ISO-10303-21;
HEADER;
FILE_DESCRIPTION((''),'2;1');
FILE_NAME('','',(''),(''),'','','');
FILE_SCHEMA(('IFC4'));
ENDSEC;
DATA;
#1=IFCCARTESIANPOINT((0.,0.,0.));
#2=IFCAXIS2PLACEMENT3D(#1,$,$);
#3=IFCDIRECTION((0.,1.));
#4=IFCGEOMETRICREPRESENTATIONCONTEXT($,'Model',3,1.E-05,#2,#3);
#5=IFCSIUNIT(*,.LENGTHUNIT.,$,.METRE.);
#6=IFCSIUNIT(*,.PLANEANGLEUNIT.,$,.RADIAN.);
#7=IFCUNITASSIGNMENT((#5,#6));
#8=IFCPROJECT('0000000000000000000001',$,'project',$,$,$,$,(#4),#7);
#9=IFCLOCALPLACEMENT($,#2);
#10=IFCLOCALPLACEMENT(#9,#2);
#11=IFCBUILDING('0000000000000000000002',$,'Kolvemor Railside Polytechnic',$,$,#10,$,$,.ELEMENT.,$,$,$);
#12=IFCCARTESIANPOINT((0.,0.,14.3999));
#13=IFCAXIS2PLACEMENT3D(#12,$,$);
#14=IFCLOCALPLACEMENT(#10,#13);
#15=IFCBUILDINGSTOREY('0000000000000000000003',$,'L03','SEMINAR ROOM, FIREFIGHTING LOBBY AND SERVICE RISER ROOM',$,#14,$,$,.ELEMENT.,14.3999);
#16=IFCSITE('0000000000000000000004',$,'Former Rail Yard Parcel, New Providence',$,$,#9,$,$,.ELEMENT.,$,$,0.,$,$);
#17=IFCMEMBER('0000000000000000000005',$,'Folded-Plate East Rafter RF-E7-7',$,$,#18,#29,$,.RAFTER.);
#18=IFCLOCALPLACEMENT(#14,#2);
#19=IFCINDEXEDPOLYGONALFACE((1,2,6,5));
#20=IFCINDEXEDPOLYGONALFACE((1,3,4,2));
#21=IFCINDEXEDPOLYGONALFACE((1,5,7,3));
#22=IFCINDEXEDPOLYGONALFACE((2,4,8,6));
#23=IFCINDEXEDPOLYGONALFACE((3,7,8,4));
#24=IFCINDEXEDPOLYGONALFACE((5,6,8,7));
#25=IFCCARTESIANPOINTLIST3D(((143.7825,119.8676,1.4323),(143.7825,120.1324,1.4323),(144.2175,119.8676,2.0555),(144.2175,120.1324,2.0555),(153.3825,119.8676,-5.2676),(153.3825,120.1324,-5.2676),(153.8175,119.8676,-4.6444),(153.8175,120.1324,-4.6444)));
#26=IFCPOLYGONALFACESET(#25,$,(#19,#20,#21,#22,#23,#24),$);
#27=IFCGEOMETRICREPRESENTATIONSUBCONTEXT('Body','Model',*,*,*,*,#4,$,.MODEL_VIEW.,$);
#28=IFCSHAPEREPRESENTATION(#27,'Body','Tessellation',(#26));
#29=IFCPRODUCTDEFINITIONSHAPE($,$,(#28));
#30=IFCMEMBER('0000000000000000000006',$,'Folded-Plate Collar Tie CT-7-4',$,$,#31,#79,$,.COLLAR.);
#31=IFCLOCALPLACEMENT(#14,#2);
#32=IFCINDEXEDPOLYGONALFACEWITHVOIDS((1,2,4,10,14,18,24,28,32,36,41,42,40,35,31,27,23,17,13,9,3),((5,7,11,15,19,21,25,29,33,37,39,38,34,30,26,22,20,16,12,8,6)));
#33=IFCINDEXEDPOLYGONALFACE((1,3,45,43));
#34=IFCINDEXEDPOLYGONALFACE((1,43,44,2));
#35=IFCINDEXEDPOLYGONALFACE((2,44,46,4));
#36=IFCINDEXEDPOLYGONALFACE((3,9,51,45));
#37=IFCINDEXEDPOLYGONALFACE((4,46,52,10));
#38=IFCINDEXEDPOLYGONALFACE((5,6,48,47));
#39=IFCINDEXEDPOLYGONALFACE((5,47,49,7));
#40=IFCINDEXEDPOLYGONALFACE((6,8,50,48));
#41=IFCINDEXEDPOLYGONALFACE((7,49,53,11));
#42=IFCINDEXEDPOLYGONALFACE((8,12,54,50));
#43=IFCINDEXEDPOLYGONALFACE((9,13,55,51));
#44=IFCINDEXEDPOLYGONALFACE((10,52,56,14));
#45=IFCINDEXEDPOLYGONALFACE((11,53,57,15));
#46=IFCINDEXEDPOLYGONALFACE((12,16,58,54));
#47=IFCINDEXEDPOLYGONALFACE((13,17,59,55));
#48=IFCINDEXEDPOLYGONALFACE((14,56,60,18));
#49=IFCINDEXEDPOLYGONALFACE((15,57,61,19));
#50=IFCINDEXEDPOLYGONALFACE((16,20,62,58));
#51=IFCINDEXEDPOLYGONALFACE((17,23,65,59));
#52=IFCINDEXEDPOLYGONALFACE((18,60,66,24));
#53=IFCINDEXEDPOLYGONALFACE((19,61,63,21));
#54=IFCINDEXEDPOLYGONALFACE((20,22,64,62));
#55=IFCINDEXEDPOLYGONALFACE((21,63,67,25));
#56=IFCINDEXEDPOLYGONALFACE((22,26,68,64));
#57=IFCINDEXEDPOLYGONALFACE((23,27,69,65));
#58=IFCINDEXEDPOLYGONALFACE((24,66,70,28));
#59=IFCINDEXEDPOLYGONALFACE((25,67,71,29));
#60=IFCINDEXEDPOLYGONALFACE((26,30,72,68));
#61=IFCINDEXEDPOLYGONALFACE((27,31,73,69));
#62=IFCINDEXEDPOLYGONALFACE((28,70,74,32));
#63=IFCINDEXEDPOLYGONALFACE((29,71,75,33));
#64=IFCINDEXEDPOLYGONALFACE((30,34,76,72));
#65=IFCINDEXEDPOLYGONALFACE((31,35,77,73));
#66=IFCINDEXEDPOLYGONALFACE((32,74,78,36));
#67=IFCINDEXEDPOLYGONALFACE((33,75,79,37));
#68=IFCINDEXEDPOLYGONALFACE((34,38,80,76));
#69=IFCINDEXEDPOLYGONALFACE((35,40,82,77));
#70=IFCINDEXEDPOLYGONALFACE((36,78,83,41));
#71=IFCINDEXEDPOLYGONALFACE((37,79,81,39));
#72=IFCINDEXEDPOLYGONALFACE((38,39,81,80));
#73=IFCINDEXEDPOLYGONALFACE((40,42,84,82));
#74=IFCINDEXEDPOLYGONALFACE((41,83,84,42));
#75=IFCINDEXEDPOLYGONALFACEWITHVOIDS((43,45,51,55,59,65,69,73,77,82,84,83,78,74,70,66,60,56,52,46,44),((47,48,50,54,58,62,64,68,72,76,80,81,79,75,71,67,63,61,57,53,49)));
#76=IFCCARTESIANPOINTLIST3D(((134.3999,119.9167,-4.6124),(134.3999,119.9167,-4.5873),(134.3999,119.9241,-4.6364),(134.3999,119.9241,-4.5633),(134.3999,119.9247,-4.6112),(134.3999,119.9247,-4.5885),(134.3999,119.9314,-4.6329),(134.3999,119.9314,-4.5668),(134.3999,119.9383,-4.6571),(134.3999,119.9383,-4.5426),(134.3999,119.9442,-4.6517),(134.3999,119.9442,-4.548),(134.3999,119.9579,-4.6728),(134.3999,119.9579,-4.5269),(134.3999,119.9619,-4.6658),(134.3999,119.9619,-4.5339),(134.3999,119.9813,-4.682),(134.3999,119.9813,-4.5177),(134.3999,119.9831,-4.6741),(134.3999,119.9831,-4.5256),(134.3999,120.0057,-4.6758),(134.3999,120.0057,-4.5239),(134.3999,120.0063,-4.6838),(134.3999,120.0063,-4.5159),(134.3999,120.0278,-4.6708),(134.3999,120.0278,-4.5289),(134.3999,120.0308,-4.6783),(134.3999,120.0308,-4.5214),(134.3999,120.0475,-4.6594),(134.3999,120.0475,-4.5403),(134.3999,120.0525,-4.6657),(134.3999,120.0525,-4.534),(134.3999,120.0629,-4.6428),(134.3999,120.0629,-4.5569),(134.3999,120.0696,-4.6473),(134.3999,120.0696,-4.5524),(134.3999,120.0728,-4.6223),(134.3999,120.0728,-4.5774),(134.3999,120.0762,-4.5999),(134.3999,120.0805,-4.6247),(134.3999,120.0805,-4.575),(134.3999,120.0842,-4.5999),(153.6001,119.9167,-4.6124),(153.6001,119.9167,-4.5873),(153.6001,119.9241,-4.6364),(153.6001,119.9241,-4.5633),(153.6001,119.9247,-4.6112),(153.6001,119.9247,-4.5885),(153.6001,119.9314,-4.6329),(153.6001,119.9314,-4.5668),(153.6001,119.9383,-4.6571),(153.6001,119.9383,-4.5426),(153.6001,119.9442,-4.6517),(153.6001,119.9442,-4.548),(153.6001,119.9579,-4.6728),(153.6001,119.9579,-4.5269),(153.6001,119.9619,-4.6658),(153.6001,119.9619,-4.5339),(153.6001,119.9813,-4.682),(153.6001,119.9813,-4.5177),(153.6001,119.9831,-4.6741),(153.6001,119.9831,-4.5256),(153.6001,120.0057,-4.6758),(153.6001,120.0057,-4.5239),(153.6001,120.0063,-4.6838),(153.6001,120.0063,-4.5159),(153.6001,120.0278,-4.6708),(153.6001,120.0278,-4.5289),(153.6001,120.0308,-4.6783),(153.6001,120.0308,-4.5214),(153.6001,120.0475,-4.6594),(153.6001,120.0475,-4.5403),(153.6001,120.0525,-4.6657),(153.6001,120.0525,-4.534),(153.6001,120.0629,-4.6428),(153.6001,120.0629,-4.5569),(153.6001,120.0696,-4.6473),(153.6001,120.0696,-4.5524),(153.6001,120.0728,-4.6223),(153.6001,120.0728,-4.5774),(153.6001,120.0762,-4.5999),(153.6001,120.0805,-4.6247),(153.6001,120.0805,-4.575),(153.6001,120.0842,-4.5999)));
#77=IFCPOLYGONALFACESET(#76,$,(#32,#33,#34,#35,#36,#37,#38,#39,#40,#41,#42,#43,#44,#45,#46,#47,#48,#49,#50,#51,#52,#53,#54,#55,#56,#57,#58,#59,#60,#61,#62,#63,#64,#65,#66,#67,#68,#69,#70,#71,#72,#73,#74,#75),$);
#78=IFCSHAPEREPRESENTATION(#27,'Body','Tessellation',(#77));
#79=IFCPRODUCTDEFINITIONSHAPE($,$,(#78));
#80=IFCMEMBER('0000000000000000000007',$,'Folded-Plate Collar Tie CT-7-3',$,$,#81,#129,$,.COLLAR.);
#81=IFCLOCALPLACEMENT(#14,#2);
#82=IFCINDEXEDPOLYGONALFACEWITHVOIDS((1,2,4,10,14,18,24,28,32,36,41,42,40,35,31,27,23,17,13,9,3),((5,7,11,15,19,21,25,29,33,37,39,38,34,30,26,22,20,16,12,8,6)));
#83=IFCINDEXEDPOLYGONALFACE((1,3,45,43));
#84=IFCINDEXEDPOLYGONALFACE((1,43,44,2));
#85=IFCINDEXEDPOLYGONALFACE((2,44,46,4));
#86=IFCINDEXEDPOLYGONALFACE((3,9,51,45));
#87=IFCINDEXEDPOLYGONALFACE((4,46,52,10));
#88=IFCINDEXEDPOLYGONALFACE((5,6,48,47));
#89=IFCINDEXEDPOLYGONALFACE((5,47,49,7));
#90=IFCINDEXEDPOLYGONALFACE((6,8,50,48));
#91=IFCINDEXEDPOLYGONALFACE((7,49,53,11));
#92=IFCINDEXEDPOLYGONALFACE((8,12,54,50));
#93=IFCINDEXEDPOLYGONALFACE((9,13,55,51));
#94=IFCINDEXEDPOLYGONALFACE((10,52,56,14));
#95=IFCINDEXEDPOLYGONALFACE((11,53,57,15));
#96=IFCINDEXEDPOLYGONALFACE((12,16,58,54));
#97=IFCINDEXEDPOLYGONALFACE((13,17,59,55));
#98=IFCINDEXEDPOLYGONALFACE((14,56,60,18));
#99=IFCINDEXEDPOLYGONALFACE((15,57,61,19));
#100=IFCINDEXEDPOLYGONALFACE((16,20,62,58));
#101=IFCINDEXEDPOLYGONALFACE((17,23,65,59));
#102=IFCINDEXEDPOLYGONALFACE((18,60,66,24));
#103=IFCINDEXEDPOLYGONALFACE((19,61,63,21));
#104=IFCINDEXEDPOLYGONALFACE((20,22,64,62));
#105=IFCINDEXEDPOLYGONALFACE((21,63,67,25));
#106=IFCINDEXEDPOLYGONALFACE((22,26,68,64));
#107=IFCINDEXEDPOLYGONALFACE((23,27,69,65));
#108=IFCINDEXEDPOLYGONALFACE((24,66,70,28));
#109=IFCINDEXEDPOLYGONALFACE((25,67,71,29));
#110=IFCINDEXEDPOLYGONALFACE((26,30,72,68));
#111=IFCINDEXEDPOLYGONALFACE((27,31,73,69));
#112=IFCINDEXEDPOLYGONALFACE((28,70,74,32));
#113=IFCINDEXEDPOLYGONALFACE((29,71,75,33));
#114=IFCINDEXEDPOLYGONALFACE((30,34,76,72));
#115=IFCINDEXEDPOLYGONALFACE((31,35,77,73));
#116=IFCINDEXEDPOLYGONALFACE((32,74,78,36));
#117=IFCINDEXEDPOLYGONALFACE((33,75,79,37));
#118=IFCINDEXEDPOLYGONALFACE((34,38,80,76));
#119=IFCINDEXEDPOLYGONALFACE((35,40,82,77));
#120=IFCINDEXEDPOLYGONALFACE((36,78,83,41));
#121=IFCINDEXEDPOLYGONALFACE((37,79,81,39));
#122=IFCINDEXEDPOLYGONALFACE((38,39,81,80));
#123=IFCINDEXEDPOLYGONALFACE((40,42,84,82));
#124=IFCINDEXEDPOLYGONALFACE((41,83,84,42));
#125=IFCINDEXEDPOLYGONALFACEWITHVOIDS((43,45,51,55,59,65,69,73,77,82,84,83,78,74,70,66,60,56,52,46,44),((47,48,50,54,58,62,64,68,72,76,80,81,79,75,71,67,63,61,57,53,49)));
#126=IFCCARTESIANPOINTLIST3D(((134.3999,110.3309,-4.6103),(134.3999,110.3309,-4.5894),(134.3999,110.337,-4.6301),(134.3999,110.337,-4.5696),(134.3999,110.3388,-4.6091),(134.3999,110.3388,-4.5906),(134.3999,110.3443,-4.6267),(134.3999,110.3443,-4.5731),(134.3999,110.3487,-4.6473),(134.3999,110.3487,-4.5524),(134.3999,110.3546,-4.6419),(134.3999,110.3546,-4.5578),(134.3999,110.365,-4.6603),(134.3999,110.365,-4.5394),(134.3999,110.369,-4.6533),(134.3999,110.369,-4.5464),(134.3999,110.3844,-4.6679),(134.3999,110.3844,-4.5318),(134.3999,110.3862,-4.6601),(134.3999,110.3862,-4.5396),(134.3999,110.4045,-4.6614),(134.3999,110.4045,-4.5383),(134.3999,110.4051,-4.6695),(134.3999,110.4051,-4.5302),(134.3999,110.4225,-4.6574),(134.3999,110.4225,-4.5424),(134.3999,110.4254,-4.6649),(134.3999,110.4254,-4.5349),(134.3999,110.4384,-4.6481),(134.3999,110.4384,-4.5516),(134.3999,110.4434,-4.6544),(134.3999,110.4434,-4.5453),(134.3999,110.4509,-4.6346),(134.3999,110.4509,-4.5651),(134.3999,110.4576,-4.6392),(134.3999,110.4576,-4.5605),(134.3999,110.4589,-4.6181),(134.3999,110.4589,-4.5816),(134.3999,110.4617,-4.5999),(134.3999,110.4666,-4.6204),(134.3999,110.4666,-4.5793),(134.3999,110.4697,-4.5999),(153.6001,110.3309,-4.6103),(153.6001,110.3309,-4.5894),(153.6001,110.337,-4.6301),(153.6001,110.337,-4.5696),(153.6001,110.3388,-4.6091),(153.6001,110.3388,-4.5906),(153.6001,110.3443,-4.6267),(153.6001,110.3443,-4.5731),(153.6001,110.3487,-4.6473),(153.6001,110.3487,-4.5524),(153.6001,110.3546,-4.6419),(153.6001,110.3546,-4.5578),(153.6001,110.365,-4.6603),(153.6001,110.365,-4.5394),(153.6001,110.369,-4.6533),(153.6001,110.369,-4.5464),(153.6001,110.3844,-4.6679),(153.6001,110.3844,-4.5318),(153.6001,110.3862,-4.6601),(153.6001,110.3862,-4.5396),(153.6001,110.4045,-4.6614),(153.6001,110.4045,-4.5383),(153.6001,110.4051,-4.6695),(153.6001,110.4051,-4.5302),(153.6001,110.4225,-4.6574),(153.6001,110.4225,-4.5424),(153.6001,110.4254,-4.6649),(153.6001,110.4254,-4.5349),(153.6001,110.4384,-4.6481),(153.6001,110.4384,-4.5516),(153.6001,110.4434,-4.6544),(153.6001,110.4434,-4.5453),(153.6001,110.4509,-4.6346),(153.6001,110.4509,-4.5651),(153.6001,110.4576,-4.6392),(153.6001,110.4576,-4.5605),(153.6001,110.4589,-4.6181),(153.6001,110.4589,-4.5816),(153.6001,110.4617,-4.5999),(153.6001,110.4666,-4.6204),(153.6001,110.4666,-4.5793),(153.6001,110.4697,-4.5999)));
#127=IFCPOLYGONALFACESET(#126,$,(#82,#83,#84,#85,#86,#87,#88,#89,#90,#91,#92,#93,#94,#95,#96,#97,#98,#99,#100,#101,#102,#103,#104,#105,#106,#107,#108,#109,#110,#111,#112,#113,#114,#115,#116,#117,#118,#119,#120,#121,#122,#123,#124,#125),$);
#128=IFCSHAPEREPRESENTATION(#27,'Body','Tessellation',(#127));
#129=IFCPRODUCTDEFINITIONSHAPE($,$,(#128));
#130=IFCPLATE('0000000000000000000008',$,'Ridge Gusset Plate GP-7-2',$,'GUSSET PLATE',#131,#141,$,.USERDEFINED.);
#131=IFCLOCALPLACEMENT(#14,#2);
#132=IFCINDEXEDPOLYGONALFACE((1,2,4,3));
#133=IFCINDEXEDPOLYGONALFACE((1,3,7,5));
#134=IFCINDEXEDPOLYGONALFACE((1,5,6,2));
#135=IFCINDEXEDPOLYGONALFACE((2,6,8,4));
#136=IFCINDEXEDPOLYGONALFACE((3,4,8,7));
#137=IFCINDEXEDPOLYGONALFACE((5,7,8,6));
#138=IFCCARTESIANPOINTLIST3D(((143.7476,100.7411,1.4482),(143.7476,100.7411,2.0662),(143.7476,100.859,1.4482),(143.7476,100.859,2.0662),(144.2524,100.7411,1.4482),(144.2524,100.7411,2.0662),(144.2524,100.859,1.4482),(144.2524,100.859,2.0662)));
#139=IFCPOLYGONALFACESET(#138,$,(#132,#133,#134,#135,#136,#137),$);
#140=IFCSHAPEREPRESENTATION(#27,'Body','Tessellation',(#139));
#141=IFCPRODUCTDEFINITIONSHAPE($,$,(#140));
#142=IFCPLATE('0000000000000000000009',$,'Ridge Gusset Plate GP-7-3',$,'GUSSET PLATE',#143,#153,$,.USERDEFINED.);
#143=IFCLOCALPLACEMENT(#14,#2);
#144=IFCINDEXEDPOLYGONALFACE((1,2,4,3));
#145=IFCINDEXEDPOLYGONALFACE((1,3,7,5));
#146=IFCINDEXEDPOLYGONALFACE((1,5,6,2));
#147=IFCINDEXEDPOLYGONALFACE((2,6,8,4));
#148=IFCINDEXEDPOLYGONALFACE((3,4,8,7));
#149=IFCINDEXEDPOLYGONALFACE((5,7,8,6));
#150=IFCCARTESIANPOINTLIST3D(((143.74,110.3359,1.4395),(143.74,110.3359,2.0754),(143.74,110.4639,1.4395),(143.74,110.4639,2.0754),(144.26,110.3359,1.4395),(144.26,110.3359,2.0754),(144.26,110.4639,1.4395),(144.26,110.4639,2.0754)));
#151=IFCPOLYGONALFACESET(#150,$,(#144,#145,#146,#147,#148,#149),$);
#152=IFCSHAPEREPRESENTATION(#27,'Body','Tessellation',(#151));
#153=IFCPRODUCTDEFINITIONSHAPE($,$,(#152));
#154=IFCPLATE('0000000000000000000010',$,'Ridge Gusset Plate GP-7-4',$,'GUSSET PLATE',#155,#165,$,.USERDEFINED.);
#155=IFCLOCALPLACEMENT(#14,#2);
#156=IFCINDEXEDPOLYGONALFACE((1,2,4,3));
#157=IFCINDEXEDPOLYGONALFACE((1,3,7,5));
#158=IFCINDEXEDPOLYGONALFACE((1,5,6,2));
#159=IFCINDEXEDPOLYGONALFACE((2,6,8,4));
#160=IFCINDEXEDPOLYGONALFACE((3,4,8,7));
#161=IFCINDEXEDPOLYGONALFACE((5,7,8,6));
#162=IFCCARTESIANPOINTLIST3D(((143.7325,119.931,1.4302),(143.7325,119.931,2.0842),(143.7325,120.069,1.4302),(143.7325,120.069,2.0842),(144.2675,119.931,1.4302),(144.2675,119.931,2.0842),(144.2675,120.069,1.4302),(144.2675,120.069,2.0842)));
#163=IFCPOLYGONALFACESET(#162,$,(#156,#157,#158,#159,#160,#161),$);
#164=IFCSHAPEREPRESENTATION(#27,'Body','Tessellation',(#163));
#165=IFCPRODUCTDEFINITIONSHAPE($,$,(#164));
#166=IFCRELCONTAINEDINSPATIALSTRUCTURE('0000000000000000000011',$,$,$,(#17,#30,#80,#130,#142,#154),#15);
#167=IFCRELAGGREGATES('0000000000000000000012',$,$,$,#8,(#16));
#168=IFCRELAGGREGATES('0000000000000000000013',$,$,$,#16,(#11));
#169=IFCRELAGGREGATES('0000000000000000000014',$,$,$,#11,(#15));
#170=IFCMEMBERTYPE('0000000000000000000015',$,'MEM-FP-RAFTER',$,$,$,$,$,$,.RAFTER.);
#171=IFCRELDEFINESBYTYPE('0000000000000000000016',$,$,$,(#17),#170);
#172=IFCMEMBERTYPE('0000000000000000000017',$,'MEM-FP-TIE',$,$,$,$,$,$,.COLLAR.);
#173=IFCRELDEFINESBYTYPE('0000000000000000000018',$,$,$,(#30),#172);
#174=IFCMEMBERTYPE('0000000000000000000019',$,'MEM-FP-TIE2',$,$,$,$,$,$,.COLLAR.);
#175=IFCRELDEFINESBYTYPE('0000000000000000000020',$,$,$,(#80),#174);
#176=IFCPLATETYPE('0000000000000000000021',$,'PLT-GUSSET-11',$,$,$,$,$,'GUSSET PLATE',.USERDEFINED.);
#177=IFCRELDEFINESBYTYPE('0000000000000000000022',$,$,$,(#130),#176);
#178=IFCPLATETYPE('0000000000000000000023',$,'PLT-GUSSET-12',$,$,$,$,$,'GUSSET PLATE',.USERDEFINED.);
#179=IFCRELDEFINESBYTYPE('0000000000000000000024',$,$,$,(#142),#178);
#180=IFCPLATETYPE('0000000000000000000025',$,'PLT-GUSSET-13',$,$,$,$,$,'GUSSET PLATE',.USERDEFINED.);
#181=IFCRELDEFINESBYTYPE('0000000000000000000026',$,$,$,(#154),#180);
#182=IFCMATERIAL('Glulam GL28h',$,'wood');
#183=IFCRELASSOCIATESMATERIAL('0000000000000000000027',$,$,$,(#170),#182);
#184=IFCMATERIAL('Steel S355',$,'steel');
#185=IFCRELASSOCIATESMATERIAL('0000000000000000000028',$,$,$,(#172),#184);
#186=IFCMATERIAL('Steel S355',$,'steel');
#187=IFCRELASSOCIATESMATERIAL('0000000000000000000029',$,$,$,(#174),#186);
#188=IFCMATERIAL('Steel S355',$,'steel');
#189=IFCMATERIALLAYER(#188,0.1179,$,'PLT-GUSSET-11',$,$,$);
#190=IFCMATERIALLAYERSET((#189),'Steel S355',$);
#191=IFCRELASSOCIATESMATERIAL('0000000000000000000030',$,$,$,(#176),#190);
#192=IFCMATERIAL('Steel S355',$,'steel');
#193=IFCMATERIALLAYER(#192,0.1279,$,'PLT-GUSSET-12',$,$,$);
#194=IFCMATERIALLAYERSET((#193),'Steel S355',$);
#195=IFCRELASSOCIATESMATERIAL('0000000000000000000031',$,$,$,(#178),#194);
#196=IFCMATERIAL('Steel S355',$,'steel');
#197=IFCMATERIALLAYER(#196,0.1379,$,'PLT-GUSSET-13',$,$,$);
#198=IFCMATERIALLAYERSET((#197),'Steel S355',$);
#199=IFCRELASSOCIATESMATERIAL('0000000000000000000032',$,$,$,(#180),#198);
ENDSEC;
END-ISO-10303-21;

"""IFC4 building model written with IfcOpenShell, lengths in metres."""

from ifc_helpers import new_model, si_unit, direction, frame, origin, origin_2d, place, context, subcontext, project, spatial, rectangle, hollow_circle, extrude, material, layer, layer_set, material_profile, profile_set, type_object, element, save


model = new_model("IFC4")

# Units and contexts
model_context = context("Model", 3, precision=1e-05, world=origin(), true_north=direction((0.0, 1.0)))
body_context = subcontext(model_context, "Body", "Model", "MODEL_VIEW")
ifc_project = project(units=[si_unit("LENGTHUNIT", "METRE"), si_unit("PLANEANGLEUNIT", "RADIAN")], contexts=[model_context])

# Site, building, storey
site_placement = place(None, origin())
site = spatial("IfcSite", under=ifc_project, at=site_placement, Name="Former Rail Yard Parcel, New Providence", CompositionType="ELEMENT", RefElevation=0.0)
building_placement = place(site_placement, origin())
building = spatial("IfcBuilding", under=site, at=building_placement, Name="Kolvemor Railside Polytechnic", CompositionType="ELEMENT")
storey_placement = place(building_placement, frame((0.0, 0.0, 14.3999)))
storey = spatial("IfcBuildingStorey", under=building, at=storey_placement, Name="L03", Description="SEMINAR ROOM, FIREFIGHTING LOBBY AND SERVICE RISER ROOM", CompositionType="ELEMENT", Elevation=14.3999)

# Members
ifc_material_1 = material(Name="Glulam GL28h", Category="wood")
ifc_material_profile_1 = material_profile(ifc_material_1, rectangle(XDim=0.2649, YDim=0.76, at=origin_2d()), Name="GL265x760")
ifc_profile_set_1 = profile_set([ifc_material_profile_1], Name="Glulam GL28h")
member_type_1 = type_object("IfcMemberType", Name="MEM-FP-RAFTER", PredefinedType="RAFTER", material=ifc_profile_set_1)
for number, where, z_axis, x_axis, name in (
    (1, (144.0, 120.0, 1.7439), (0.820038, 0.0, -0.572308), (0.0, 1.0, 0.0), "Folded-Plate East Rafter RF-E7-7"),
):
    element("IfcMember", number, at=place(storey_placement, frame(where, z_axis=z_axis, x_axis=x_axis)), inside=storey, type_object=member_type_1, Name=name, PredefinedType="RAFTER", context=body_context, shape_type="SweptSolid", body=[
        extrude(rectangle(XDim=0.2649, YDim=0.76, at=origin_2d()), origin(), (0.0, 0.0, 1.0), 11.7068),
    ])
ifc_material_2 = material(Name="Steel S355", Category="steel")
ifc_material_profile_2 = material_profile(ifc_material_2, hollow_circle(Radius=0.0842, WallThickness=0.0081, at=origin_2d()), Name="CHS168.3x8")
ifc_profile_set_2 = profile_set([ifc_material_profile_2], Name="Steel S355")
member_type_2 = type_object("IfcMemberType", Name="MEM-FP-TIE", PredefinedType="COLLAR", material=ifc_profile_set_2)
member_1_placement = place(storey_placement, frame((134.3999, 120.0, -4.5999), z_axis=(1.0, 0.0, 0.0), x_axis=(0.0, 1.0, 0.0)))
element("IfcMember", 2, at=member_1_placement, inside=storey, type_object=member_type_2, Name="Folded-Plate Collar Tie CT-7-4", PredefinedType="COLLAR", context=body_context, shape_type="SweptSolid", body=[
    extrude(hollow_circle(Radius=0.0842, WallThickness=0.0081, at=origin_2d()), origin(), (0.0, 0.0, 1.0), 19.2002),
])
ifc_material_3 = material(Name="Steel S355", Category="steel")
ifc_material_profile_3 = material_profile(ifc_material_3, hollow_circle(Radius=0.0698, WallThickness=0.0081, at=origin_2d()), Name="CHS139.7x8")
ifc_profile_set_3 = profile_set([ifc_material_profile_3], Name="Steel S355")
member_type_3 = type_object("IfcMemberType", Name="MEM-FP-TIE2", PredefinedType="COLLAR", material=ifc_profile_set_3)
member_2_placement = place(storey_placement, frame((134.3999, 110.3999, -4.5999), z_axis=(1.0, 0.0, 0.0), x_axis=(0.0, 1.0, 0.0)))
element("IfcMember", 3, at=member_2_placement, inside=storey, type_object=member_type_3, Name="Folded-Plate Collar Tie CT-7-3", PredefinedType="COLLAR", context=body_context, shape_type="SweptSolid", body=[
    extrude(hollow_circle(Radius=0.0698, WallThickness=0.0081, at=origin_2d()), origin(), (0.0, 0.0, 1.0), 19.2002),
])

# Plates
ifc_material_4 = material(Name="Steel S355", Category="steel")
ifc_layer_1 = layer(ifc_material_4, 0.1179, Name="PLT-GUSSET-11")
ifc_layer_set_1 = layer_set([ifc_layer_1], Name="Steel S355")
plate_type_1 = type_object("IfcPlateType", Name="PLT-GUSSET-11", ElementType="GUSSET PLATE", PredefinedType="USERDEFINED", material=ifc_layer_set_1)
plate_1_placement = place(storey_placement, frame((144.0, 100.8, 1.4482), z_axis=(0.0, 0.0, 1.0), x_axis=(1.0, 0.0, 0.0)))
element("IfcPlate", 4, at=plate_1_placement, inside=storey, type_object=plate_type_1, Name="Ridge Gusset Plate GP-7-2", ObjectType="GUSSET PLATE", PredefinedType="USERDEFINED", context=body_context, shape_type="SweptSolid", body=[
    extrude(rectangle(XDim=0.5049, YDim=0.1179, at=origin_2d()), origin(), (0.0, 0.0, 1.0), 0.6179),
])
ifc_material_5 = material(Name="Steel S355", Category="steel")
ifc_layer_2 = layer(ifc_material_5, 0.1279, Name="PLT-GUSSET-12")
ifc_layer_set_2 = layer_set([ifc_layer_2], Name="Steel S355")
plate_type_2 = type_object("IfcPlateType", Name="PLT-GUSSET-12", ElementType="GUSSET PLATE", PredefinedType="USERDEFINED", material=ifc_layer_set_2)
plate_2_placement = place(storey_placement, frame((144.0, 110.3999, 1.4395), z_axis=(0.0, 0.0, 1.0), x_axis=(1.0, 0.0, 0.0)))
element("IfcPlate", 5, at=plate_2_placement, inside=storey, type_object=plate_type_2, Name="Ridge Gusset Plate GP-7-3", ObjectType="GUSSET PLATE", PredefinedType="USERDEFINED", context=body_context, shape_type="SweptSolid", body=[
    extrude(rectangle(XDim=0.52, YDim=0.1279, at=origin_2d()), origin(), (0.0, 0.0, 1.0), 0.636),
])
ifc_material_6 = material(Name="Steel S355", Category="steel")
ifc_layer_3 = layer(ifc_material_6, 0.1379, Name="PLT-GUSSET-13")
ifc_layer_set_3 = layer_set([ifc_layer_3], Name="Steel S355")
plate_type_3 = type_object("IfcPlateType", Name="PLT-GUSSET-13", ElementType="GUSSET PLATE", PredefinedType="USERDEFINED", material=ifc_layer_set_3)
plate_3_placement = place(storey_placement, frame((144.0, 120.0, 1.4302), z_axis=(0.0, 0.0, 1.0), x_axis=(1.0, 0.0, 0.0)))
element("IfcPlate", 6, at=plate_3_placement, inside=storey, type_object=plate_type_3, Name="Ridge Gusset Plate GP-7-4", ObjectType="GUSSET PLATE", PredefinedType="USERDEFINED", context=body_context, shape_type="SweptSolid", body=[
    extrude(rectangle(XDim=0.5349, YDim=0.1379, at=origin_2d()), origin(), (0.0, 0.0, 1.0), 0.6541),
])

save(model, "model.ifc")
